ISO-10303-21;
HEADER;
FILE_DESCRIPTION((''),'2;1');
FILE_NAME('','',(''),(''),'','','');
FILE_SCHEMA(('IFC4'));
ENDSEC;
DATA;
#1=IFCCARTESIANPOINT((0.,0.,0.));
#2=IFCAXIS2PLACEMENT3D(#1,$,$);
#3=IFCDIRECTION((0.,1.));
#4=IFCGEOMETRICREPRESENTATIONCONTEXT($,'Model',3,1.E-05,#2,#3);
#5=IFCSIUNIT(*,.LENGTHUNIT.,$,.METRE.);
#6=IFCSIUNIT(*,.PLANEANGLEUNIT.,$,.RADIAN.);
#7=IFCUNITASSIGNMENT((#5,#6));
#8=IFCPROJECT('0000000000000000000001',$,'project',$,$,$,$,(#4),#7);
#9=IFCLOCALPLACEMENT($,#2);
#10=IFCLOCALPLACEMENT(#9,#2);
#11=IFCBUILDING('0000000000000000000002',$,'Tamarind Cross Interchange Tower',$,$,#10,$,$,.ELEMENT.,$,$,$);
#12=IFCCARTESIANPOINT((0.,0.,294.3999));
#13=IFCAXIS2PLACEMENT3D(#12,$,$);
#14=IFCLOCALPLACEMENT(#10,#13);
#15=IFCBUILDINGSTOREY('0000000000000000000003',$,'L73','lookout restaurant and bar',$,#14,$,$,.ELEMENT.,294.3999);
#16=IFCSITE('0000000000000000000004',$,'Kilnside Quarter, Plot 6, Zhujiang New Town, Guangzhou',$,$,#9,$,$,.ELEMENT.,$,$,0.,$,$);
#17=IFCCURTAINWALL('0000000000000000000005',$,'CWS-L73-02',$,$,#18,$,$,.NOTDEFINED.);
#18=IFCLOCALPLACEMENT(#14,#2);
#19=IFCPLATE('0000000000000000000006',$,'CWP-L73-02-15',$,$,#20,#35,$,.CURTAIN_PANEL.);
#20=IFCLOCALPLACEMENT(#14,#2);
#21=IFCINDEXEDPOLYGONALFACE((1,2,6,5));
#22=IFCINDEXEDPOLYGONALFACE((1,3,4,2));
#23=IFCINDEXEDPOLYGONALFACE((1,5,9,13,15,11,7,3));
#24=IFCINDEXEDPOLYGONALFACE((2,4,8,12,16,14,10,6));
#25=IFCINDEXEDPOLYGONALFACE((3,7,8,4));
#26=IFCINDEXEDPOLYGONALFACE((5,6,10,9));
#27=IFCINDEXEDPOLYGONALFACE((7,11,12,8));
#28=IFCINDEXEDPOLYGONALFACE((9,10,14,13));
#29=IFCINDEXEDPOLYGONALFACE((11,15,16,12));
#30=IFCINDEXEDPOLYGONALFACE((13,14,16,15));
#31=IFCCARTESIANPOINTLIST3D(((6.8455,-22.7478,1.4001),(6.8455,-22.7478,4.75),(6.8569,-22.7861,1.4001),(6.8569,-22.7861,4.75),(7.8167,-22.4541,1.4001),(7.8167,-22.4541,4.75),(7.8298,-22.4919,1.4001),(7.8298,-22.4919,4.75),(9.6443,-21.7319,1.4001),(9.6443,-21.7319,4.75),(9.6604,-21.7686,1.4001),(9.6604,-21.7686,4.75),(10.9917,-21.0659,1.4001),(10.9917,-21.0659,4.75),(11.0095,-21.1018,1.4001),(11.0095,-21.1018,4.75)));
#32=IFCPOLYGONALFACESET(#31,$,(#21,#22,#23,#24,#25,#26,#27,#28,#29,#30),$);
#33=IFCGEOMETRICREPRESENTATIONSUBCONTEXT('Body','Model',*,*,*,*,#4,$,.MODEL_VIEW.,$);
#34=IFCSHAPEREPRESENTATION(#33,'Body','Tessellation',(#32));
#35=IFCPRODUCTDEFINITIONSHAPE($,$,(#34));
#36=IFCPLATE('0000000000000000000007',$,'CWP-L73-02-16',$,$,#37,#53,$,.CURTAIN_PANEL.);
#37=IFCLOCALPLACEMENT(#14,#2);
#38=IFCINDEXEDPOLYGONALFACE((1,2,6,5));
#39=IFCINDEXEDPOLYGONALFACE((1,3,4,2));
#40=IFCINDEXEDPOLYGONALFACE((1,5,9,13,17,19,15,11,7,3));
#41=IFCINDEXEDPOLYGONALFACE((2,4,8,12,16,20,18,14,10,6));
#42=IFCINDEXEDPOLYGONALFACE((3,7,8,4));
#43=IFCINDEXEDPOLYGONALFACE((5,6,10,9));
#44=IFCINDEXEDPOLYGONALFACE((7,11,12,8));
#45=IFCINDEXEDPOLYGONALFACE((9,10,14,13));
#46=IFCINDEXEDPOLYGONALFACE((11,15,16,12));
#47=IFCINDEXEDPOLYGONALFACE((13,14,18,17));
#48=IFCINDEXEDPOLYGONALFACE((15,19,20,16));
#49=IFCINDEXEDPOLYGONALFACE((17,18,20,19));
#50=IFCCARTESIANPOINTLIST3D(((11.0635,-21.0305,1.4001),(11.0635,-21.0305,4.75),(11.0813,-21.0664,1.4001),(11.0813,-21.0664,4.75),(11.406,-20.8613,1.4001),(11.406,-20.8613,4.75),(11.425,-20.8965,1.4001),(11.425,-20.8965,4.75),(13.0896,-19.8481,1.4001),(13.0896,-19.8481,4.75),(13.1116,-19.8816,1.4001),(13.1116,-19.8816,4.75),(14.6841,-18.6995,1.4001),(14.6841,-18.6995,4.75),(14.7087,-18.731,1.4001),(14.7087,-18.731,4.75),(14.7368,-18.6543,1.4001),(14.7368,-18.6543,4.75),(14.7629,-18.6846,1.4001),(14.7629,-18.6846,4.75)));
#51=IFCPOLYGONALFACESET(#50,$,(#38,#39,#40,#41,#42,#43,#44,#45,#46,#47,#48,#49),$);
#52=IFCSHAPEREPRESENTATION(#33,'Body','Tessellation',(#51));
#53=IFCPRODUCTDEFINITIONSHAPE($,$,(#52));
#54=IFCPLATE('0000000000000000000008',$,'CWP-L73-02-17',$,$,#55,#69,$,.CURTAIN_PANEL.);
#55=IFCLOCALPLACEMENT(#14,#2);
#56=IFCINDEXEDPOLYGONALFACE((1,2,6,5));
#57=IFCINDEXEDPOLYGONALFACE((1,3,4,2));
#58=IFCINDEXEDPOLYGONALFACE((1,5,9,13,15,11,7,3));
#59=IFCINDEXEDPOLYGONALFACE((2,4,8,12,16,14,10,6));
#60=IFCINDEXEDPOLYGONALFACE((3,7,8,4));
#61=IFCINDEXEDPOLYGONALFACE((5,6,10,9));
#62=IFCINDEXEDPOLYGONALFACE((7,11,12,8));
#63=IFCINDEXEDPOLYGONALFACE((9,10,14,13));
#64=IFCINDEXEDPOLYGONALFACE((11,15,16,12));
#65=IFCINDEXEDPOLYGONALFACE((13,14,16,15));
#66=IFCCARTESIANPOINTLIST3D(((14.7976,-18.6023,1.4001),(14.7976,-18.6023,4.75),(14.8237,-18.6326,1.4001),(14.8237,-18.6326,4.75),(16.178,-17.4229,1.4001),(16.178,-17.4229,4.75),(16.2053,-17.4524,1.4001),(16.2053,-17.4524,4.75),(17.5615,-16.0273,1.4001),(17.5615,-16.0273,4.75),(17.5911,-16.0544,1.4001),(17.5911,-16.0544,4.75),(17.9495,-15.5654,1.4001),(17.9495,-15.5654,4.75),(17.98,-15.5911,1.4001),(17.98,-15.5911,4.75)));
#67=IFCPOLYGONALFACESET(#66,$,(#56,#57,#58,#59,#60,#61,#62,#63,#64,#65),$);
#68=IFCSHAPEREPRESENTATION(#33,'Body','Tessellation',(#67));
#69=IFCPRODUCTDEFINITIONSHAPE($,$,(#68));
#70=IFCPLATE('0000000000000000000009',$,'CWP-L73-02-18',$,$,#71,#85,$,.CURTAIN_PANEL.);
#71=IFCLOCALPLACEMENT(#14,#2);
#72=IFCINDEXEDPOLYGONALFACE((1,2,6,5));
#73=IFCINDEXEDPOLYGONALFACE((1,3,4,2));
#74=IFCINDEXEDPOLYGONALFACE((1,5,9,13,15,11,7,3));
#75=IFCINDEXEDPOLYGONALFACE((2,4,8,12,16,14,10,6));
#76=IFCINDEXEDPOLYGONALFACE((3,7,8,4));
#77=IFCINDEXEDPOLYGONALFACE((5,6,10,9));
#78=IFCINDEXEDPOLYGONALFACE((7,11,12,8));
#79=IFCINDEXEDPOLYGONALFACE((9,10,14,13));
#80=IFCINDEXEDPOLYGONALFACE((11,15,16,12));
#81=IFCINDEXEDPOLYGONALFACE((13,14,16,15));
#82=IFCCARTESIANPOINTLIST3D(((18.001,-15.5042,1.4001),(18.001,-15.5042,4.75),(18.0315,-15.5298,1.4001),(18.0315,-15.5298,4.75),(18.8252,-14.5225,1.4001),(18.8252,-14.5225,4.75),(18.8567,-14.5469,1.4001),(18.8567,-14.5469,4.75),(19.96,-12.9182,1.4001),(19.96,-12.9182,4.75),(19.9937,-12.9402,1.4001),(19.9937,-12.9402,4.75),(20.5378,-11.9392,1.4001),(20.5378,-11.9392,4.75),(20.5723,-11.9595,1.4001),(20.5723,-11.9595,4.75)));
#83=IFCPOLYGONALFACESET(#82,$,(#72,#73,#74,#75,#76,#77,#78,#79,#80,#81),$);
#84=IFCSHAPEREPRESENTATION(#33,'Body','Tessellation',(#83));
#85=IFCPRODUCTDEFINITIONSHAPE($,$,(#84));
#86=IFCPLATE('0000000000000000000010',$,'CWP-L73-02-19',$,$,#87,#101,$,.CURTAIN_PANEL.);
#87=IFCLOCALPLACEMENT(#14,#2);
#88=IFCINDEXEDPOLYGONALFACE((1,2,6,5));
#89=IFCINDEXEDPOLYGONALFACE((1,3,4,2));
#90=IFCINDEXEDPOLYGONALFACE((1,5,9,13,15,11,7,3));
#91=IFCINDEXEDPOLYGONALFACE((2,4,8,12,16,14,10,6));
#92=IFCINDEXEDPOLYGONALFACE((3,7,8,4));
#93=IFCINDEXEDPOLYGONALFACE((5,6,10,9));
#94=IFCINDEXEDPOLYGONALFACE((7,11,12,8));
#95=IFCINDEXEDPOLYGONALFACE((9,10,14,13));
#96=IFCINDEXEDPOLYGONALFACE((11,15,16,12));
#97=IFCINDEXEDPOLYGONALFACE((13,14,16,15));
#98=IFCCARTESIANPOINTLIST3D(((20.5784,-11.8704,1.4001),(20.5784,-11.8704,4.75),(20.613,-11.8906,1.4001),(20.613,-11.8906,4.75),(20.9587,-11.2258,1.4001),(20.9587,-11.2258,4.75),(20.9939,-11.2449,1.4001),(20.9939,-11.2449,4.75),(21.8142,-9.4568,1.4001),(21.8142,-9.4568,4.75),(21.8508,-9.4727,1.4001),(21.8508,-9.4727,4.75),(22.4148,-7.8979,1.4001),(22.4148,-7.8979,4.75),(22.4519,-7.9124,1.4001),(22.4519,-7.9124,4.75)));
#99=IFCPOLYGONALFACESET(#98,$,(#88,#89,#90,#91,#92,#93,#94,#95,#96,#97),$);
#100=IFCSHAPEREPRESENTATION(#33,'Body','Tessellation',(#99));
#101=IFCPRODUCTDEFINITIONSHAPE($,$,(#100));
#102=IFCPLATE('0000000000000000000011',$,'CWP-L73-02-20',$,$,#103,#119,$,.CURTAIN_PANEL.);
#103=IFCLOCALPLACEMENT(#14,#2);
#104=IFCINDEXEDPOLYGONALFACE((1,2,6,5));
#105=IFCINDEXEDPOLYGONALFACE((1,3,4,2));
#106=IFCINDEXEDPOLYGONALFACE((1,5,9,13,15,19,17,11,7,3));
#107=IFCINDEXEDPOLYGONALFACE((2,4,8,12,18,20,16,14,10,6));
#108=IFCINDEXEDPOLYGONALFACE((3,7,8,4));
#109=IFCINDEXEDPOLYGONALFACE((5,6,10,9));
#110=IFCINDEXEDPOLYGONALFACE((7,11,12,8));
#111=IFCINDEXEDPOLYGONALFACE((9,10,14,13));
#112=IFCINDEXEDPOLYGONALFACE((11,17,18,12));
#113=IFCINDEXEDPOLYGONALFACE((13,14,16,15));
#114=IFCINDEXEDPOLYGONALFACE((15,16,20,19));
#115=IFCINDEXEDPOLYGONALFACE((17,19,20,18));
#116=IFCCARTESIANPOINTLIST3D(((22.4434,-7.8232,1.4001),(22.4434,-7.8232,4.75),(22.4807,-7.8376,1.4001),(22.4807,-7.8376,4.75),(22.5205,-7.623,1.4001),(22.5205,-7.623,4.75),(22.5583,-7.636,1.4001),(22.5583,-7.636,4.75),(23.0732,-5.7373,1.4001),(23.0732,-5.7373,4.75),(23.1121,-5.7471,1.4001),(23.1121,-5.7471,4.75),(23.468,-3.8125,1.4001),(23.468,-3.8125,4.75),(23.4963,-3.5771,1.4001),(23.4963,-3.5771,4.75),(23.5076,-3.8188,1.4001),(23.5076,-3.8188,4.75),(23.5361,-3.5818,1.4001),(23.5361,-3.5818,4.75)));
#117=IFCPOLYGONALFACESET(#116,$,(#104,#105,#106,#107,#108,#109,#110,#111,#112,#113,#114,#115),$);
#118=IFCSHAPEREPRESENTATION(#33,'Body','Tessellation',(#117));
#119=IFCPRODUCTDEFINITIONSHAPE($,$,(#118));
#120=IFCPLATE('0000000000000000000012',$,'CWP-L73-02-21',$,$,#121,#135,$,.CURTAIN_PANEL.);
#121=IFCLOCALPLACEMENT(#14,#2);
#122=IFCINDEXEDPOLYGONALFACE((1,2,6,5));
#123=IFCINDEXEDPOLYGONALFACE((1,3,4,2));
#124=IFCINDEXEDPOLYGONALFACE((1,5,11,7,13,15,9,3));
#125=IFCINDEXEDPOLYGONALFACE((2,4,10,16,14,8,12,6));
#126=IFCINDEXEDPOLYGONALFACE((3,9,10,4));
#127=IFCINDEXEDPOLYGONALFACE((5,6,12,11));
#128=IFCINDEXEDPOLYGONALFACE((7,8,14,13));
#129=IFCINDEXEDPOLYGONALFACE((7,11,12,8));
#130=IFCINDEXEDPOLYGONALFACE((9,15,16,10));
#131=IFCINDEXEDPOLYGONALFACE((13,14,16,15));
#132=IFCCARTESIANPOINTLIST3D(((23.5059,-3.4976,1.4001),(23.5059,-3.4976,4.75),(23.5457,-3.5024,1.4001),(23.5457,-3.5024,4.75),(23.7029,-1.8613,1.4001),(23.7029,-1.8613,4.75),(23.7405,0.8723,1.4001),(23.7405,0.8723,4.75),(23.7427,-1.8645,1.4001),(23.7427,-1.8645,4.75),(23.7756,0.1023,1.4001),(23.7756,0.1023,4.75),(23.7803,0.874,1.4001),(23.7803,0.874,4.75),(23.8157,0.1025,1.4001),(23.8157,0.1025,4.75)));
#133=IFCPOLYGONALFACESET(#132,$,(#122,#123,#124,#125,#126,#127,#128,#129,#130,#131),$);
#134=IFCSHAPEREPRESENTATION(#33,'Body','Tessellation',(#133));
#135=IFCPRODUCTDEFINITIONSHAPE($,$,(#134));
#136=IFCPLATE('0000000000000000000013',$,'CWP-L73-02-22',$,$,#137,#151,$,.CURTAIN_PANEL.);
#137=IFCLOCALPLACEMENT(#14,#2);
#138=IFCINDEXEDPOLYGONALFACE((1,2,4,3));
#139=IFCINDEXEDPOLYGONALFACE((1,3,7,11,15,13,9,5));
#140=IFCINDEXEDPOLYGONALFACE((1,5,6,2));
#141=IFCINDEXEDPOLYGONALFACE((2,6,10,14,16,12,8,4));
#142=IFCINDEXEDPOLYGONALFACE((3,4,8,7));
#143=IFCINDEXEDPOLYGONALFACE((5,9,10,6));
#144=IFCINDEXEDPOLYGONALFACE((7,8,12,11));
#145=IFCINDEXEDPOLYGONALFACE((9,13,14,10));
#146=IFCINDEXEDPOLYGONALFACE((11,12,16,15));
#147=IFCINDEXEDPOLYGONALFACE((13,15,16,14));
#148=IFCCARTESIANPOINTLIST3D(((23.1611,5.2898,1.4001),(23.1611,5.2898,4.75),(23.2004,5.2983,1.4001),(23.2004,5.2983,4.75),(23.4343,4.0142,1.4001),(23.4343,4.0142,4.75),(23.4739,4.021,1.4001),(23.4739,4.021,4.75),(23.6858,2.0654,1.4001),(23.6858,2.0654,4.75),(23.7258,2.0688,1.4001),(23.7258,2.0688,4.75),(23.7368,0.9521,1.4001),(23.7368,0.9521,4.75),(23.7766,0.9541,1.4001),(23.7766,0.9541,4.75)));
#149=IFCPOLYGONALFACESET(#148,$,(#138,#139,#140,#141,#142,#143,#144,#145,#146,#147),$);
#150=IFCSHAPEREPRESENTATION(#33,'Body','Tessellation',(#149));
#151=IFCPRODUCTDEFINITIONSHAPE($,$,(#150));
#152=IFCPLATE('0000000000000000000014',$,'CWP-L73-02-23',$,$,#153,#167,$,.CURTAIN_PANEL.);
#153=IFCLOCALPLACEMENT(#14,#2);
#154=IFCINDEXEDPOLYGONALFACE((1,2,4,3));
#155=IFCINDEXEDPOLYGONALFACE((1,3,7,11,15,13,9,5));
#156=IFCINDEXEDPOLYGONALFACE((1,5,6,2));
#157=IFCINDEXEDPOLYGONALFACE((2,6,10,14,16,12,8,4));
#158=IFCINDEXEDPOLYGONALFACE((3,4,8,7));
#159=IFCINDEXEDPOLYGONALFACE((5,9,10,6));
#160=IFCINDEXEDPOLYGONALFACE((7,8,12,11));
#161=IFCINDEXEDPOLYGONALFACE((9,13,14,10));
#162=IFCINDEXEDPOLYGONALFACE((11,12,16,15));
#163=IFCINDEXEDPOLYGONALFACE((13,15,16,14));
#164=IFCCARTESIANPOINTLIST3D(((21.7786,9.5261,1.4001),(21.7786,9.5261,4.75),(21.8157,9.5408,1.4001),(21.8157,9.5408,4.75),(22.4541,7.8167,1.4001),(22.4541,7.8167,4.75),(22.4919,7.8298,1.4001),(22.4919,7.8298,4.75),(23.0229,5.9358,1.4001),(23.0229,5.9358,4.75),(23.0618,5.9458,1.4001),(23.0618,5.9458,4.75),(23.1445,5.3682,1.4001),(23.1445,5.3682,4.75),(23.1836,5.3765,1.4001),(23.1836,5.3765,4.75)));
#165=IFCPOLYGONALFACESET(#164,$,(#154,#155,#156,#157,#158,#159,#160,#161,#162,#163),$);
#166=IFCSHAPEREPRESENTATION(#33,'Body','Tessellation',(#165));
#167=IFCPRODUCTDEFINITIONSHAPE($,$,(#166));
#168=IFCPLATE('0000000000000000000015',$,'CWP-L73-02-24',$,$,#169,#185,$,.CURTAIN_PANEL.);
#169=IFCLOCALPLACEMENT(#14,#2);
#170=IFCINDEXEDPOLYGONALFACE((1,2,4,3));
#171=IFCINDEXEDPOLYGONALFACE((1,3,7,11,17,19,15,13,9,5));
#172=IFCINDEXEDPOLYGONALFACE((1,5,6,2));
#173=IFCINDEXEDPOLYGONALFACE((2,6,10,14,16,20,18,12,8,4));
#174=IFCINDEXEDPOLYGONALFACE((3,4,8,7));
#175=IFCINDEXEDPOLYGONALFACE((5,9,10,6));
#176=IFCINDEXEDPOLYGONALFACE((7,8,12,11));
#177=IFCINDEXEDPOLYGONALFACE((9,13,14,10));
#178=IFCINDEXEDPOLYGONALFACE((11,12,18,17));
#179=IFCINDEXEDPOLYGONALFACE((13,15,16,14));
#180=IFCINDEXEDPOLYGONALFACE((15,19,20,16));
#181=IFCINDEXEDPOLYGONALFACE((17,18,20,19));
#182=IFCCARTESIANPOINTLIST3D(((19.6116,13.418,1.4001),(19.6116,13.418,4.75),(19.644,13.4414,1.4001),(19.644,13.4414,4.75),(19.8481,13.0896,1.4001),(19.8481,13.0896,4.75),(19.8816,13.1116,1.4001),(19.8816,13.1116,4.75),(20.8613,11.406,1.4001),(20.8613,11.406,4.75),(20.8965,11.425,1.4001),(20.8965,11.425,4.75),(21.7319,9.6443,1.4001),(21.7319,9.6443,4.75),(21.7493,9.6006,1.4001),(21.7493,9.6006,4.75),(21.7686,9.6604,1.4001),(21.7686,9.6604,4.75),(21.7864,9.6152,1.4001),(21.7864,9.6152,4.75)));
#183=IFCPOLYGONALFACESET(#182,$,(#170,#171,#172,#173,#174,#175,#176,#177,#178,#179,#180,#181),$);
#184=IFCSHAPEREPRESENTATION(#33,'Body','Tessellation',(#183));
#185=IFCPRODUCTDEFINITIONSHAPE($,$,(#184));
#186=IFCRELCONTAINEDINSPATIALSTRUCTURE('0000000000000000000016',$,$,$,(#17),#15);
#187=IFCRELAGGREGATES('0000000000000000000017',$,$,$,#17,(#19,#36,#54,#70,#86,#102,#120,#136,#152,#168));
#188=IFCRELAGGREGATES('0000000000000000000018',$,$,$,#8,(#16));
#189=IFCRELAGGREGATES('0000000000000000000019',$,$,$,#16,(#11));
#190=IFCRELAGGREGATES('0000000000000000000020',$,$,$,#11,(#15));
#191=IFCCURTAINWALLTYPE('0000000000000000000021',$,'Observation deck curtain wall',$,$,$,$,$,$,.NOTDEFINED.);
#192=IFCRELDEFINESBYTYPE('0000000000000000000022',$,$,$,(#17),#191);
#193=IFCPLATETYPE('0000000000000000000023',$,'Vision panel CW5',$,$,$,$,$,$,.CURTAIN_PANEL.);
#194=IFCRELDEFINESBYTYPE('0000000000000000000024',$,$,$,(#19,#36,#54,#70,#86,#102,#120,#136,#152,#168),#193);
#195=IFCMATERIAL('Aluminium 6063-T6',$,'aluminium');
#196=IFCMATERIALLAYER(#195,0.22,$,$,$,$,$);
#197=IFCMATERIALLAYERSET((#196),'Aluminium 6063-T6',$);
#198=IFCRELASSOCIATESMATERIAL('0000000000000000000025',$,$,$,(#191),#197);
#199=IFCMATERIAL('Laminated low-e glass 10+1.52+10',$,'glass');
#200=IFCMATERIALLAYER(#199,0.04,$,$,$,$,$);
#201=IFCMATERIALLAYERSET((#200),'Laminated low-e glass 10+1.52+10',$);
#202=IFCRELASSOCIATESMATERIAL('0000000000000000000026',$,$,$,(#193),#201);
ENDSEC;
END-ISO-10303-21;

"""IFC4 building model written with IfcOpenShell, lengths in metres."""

from ifc_helpers import new_model, si_unit, direction, frame, origin, place, context, subcontext, project, spatial, polyline, outline, extrude, material, layer, layer_set, type_object, element, aggregate, save


model = new_model("IFC4")

# Units and contexts
model_context = context("Model", 3, precision=1e-05, world=origin(), true_north=direction((0.0, 1.0)))
body_context = subcontext(model_context, "Body", "Model", "MODEL_VIEW")
ifc_project = project(units=[si_unit("LENGTHUNIT", "METRE"), si_unit("PLANEANGLEUNIT", "RADIAN")], contexts=[model_context])

# Site, building, storey
site_placement = place(None, origin())
site = spatial("IfcSite", under=ifc_project, at=site_placement, Name="Kilnside Quarter, Plot 6, Zhujiang New Town, Guangzhou", CompositionType="ELEMENT", RefElevation=0.0)
building_placement = place(site_placement, origin())
building = spatial("IfcBuilding", under=site, at=building_placement, Name="Tamarind Cross Interchange Tower", CompositionType="ELEMENT")
storey_placement = place(building_placement, frame((0.0, 0.0, 294.3999)))
storey = spatial("IfcBuildingStorey", under=building, at=storey_placement, Name="L73", Description="lookout restaurant and bar", CompositionType="ELEMENT", Elevation=294.3999)

# Curtain wall, plates
ifc_material_1 = material(Name="Aluminium 6063-T6", Category="aluminium")
ifc_layer_1 = layer(ifc_material_1, 0.22)
ifc_layer_set_1 = layer_set([ifc_layer_1], Name="Aluminium 6063-T6")
curtain_wall_type = type_object("IfcCurtainWallType", Name="Observation deck curtain wall", PredefinedType="NOTDEFINED", material=ifc_layer_set_1)
curtain_wall_placement = place(storey_placement, origin())
curtain_wall = element("IfcCurtainWall", 1, at=curtain_wall_placement, inside=storey, type_object=curtain_wall_type, Name="CWS-L73-02", PredefinedType="NOTDEFINED")
ifc_material_2 = material(Name="Laminated low-e glass 10+1.52+10", Category="glass")
ifc_layer_2 = layer(ifc_material_2, 0.04)
ifc_layer_set_2 = layer_set([ifc_layer_2], Name="Laminated low-e glass 10+1.52+10")
plate_type = type_object("IfcPlateType", Name="Vision panel CW5", PredefinedType="CURTAIN_PANEL", material=ifc_layer_set_2)
plate_1_placement = place(storey_placement, frame((0.0, 0.0, 1.4001)))
plate_1 = element("IfcPlate", 2, at=plate_1_placement, type_object=plate_type, Name="CWP-L73-02-15", PredefinedType="CURTAIN_PANEL", context=body_context, shape_type="SweptSolid", body=[
    extrude(outline(polyline([(6.8455, -22.7478), (7.8167, -22.4541), (9.6443, -21.7319), (10.9917, -21.0659), (11.0095, -21.1018), (9.6604, -21.7686), (7.8298, -22.4919), (6.8569, -22.7861), (6.8455, -22.7478)])), origin(), (0.0, 0.0, 1.0), 3.3499),
])
plate_2_placement = place(storey_placement, frame((0.0, 0.0, 1.4001)))
plate_2 = element("IfcPlate", 3, at=plate_2_placement, type_object=plate_type, Name="CWP-L73-02-16", PredefinedType="CURTAIN_PANEL", context=body_context, shape_type="SweptSolid", body=[
    extrude(outline(polyline([(11.0635, -21.0305), (11.406, -20.8613), (13.0896, -19.8481), (14.6841, -18.6995), (14.7368, -18.6543), (14.7629, -18.6846), (14.7087, -18.731), (13.1116, -19.8816), (11.425, -20.8965), (11.0813, -21.0664), (11.0635, -21.0305)])), origin(), (0.0, 0.0, 1.0), 3.3499),
])
plate_3_placement = place(storey_placement, frame((0.0, 0.0, 1.4001)))
plate_3 = element("IfcPlate", 4, at=plate_3_placement, type_object=plate_type, Name="CWP-L73-02-17", PredefinedType="CURTAIN_PANEL", context=body_context, shape_type="SweptSolid", body=[
    extrude(outline(polyline([(14.7976, -18.6023), (16.178, -17.4229), (17.5615, -16.0273), (17.9495, -15.5654), (17.98, -15.5911), (17.5911, -16.0544), (16.2053, -17.4524), (14.8237, -18.6326), (14.7976, -18.6023)])), origin(), (0.0, 0.0, 1.0), 3.3499),
])
plate_4_placement = place(storey_placement, frame((0.0, 0.0, 1.4001)))
plate_4 = element("IfcPlate", 5, at=plate_4_placement, type_object=plate_type, Name="CWP-L73-02-18", PredefinedType="CURTAIN_PANEL", context=body_context, shape_type="SweptSolid", body=[
    extrude(outline(polyline([(18.001, -15.5042), (18.8252, -14.5225), (19.96, -12.9182), (20.5378, -11.9392), (20.5723, -11.9595), (19.9937, -12.9402), (18.8567, -14.5469), (18.0315, -15.5298), (18.001, -15.5042)])), origin(), (0.0, 0.0, 1.0), 3.3499),
])
plate_5_placement = place(storey_placement, frame((0.0, 0.0, 1.4001)))
plate_5 = element("IfcPlate", 6, at=plate_5_placement, type_object=plate_type, Name="CWP-L73-02-19", PredefinedType="CURTAIN_PANEL", context=body_context, shape_type="SweptSolid", body=[
    extrude(outline(polyline([(20.5784, -11.8704), (20.9587, -11.2258), (21.8142, -9.4568), (22.4148, -7.8979), (22.4519, -7.9124), (21.8508, -9.4727), (20.9939, -11.2449), (20.613, -11.8906), (20.5784, -11.8704)])), origin(), (0.0, 0.0, 1.0), 3.3499),
])
plate_6_placement = place(storey_placement, frame((0.0, 0.0, 1.4001)))
plate_6 = element("IfcPlate", 7, at=plate_6_placement, type_object=plate_type, Name="CWP-L73-02-20", PredefinedType="CURTAIN_PANEL", context=body_context, shape_type="SweptSolid", body=[
    extrude(outline(polyline([(22.4434, -7.8232), (22.5205, -7.623), (23.0732, -5.7373), (23.468, -3.8125), (23.4963, -3.5771), (23.5361, -3.5818), (23.5076, -3.8188), (23.1121, -5.7471), (22.5583, -7.636), (22.4807, -7.8376), (22.4434, -7.8232)])), origin(), (0.0, 0.0, 1.0), 3.3499),
])
plate_7_placement = place(storey_placement, frame((0.0, 0.0, 1.4001)))
plate_7 = element("IfcPlate", 8, at=plate_7_placement, type_object=plate_type, Name="CWP-L73-02-21", PredefinedType="CURTAIN_PANEL", context=body_context, shape_type="SweptSolid", body=[
    extrude(outline(polyline([(23.5059, -3.4976), (23.7029, -1.8613), (23.7756, 0.1023), (23.7405, 0.8723), (23.7803, 0.874), (23.8157, 0.1025), (23.7427, -1.8645), (23.5457, -3.5024), (23.5059, -3.4976)])), origin(), (0.0, 0.0, 1.0), 3.3499),
])
plate_8_placement = place(storey_placement, frame((0.0, 0.0, 1.4001)))
plate_8 = element("IfcPlate", 9, at=plate_8_placement, type_object=plate_type, Name="CWP-L73-02-22", PredefinedType="CURTAIN_PANEL", context=body_context, shape_type="SweptSolid", body=[
    extrude(outline(polyline([(23.7368, 0.9521), (23.6858, 2.0654), (23.4343, 4.0142), (23.1611, 5.2898), (23.2004, 5.2983), (23.4739, 4.021), (23.7258, 2.0688), (23.7766, 0.9541), (23.7368, 0.9521)])), origin(), (0.0, 0.0, 1.0), 3.3499),
])
plate_9_placement = place(storey_placement, frame((0.0, 0.0, 1.4001)))
plate_9 = element("IfcPlate", 10, at=plate_9_placement, type_object=plate_type, Name="CWP-L73-02-23", PredefinedType="CURTAIN_PANEL", context=body_context, shape_type="SweptSolid", body=[
    extrude(outline(polyline([(23.1445, 5.3682), (23.0229, 5.9358), (22.4541, 7.8167), (21.7786, 9.5261), (21.8157, 9.5408), (22.4919, 7.8298), (23.0618, 5.9458), (23.1836, 5.3765), (23.1445, 5.3682)])), origin(), (0.0, 0.0, 1.0), 3.3499),
])
plate_10_placement = place(storey_placement, frame((0.0, 0.0, 1.4001)))
plate_10 = element("IfcPlate", 11, at=plate_10_placement, type_object=plate_type, Name="CWP-L73-02-24", PredefinedType="CURTAIN_PANEL", context=body_context, shape_type="SweptSolid", body=[
    extrude(outline(polyline([(21.7493, 9.6006), (21.7319, 9.6443), (20.8613, 11.406), (19.8481, 13.0896), (19.6116, 13.418), (19.644, 13.4414), (19.8816, 13.1116), (20.8965, 11.425), (21.7686, 9.6604), (21.7864, 9.6152), (21.7493, 9.6006)])), origin(), (0.0, 0.0, 1.0), 3.3499),
])
aggregate(curtain_wall, [plate_1, plate_2, plate_3, plate_4, plate_5, plate_6, plate_7, plate_8, plate_9, plate_10])

save(model, "model.ifc")
